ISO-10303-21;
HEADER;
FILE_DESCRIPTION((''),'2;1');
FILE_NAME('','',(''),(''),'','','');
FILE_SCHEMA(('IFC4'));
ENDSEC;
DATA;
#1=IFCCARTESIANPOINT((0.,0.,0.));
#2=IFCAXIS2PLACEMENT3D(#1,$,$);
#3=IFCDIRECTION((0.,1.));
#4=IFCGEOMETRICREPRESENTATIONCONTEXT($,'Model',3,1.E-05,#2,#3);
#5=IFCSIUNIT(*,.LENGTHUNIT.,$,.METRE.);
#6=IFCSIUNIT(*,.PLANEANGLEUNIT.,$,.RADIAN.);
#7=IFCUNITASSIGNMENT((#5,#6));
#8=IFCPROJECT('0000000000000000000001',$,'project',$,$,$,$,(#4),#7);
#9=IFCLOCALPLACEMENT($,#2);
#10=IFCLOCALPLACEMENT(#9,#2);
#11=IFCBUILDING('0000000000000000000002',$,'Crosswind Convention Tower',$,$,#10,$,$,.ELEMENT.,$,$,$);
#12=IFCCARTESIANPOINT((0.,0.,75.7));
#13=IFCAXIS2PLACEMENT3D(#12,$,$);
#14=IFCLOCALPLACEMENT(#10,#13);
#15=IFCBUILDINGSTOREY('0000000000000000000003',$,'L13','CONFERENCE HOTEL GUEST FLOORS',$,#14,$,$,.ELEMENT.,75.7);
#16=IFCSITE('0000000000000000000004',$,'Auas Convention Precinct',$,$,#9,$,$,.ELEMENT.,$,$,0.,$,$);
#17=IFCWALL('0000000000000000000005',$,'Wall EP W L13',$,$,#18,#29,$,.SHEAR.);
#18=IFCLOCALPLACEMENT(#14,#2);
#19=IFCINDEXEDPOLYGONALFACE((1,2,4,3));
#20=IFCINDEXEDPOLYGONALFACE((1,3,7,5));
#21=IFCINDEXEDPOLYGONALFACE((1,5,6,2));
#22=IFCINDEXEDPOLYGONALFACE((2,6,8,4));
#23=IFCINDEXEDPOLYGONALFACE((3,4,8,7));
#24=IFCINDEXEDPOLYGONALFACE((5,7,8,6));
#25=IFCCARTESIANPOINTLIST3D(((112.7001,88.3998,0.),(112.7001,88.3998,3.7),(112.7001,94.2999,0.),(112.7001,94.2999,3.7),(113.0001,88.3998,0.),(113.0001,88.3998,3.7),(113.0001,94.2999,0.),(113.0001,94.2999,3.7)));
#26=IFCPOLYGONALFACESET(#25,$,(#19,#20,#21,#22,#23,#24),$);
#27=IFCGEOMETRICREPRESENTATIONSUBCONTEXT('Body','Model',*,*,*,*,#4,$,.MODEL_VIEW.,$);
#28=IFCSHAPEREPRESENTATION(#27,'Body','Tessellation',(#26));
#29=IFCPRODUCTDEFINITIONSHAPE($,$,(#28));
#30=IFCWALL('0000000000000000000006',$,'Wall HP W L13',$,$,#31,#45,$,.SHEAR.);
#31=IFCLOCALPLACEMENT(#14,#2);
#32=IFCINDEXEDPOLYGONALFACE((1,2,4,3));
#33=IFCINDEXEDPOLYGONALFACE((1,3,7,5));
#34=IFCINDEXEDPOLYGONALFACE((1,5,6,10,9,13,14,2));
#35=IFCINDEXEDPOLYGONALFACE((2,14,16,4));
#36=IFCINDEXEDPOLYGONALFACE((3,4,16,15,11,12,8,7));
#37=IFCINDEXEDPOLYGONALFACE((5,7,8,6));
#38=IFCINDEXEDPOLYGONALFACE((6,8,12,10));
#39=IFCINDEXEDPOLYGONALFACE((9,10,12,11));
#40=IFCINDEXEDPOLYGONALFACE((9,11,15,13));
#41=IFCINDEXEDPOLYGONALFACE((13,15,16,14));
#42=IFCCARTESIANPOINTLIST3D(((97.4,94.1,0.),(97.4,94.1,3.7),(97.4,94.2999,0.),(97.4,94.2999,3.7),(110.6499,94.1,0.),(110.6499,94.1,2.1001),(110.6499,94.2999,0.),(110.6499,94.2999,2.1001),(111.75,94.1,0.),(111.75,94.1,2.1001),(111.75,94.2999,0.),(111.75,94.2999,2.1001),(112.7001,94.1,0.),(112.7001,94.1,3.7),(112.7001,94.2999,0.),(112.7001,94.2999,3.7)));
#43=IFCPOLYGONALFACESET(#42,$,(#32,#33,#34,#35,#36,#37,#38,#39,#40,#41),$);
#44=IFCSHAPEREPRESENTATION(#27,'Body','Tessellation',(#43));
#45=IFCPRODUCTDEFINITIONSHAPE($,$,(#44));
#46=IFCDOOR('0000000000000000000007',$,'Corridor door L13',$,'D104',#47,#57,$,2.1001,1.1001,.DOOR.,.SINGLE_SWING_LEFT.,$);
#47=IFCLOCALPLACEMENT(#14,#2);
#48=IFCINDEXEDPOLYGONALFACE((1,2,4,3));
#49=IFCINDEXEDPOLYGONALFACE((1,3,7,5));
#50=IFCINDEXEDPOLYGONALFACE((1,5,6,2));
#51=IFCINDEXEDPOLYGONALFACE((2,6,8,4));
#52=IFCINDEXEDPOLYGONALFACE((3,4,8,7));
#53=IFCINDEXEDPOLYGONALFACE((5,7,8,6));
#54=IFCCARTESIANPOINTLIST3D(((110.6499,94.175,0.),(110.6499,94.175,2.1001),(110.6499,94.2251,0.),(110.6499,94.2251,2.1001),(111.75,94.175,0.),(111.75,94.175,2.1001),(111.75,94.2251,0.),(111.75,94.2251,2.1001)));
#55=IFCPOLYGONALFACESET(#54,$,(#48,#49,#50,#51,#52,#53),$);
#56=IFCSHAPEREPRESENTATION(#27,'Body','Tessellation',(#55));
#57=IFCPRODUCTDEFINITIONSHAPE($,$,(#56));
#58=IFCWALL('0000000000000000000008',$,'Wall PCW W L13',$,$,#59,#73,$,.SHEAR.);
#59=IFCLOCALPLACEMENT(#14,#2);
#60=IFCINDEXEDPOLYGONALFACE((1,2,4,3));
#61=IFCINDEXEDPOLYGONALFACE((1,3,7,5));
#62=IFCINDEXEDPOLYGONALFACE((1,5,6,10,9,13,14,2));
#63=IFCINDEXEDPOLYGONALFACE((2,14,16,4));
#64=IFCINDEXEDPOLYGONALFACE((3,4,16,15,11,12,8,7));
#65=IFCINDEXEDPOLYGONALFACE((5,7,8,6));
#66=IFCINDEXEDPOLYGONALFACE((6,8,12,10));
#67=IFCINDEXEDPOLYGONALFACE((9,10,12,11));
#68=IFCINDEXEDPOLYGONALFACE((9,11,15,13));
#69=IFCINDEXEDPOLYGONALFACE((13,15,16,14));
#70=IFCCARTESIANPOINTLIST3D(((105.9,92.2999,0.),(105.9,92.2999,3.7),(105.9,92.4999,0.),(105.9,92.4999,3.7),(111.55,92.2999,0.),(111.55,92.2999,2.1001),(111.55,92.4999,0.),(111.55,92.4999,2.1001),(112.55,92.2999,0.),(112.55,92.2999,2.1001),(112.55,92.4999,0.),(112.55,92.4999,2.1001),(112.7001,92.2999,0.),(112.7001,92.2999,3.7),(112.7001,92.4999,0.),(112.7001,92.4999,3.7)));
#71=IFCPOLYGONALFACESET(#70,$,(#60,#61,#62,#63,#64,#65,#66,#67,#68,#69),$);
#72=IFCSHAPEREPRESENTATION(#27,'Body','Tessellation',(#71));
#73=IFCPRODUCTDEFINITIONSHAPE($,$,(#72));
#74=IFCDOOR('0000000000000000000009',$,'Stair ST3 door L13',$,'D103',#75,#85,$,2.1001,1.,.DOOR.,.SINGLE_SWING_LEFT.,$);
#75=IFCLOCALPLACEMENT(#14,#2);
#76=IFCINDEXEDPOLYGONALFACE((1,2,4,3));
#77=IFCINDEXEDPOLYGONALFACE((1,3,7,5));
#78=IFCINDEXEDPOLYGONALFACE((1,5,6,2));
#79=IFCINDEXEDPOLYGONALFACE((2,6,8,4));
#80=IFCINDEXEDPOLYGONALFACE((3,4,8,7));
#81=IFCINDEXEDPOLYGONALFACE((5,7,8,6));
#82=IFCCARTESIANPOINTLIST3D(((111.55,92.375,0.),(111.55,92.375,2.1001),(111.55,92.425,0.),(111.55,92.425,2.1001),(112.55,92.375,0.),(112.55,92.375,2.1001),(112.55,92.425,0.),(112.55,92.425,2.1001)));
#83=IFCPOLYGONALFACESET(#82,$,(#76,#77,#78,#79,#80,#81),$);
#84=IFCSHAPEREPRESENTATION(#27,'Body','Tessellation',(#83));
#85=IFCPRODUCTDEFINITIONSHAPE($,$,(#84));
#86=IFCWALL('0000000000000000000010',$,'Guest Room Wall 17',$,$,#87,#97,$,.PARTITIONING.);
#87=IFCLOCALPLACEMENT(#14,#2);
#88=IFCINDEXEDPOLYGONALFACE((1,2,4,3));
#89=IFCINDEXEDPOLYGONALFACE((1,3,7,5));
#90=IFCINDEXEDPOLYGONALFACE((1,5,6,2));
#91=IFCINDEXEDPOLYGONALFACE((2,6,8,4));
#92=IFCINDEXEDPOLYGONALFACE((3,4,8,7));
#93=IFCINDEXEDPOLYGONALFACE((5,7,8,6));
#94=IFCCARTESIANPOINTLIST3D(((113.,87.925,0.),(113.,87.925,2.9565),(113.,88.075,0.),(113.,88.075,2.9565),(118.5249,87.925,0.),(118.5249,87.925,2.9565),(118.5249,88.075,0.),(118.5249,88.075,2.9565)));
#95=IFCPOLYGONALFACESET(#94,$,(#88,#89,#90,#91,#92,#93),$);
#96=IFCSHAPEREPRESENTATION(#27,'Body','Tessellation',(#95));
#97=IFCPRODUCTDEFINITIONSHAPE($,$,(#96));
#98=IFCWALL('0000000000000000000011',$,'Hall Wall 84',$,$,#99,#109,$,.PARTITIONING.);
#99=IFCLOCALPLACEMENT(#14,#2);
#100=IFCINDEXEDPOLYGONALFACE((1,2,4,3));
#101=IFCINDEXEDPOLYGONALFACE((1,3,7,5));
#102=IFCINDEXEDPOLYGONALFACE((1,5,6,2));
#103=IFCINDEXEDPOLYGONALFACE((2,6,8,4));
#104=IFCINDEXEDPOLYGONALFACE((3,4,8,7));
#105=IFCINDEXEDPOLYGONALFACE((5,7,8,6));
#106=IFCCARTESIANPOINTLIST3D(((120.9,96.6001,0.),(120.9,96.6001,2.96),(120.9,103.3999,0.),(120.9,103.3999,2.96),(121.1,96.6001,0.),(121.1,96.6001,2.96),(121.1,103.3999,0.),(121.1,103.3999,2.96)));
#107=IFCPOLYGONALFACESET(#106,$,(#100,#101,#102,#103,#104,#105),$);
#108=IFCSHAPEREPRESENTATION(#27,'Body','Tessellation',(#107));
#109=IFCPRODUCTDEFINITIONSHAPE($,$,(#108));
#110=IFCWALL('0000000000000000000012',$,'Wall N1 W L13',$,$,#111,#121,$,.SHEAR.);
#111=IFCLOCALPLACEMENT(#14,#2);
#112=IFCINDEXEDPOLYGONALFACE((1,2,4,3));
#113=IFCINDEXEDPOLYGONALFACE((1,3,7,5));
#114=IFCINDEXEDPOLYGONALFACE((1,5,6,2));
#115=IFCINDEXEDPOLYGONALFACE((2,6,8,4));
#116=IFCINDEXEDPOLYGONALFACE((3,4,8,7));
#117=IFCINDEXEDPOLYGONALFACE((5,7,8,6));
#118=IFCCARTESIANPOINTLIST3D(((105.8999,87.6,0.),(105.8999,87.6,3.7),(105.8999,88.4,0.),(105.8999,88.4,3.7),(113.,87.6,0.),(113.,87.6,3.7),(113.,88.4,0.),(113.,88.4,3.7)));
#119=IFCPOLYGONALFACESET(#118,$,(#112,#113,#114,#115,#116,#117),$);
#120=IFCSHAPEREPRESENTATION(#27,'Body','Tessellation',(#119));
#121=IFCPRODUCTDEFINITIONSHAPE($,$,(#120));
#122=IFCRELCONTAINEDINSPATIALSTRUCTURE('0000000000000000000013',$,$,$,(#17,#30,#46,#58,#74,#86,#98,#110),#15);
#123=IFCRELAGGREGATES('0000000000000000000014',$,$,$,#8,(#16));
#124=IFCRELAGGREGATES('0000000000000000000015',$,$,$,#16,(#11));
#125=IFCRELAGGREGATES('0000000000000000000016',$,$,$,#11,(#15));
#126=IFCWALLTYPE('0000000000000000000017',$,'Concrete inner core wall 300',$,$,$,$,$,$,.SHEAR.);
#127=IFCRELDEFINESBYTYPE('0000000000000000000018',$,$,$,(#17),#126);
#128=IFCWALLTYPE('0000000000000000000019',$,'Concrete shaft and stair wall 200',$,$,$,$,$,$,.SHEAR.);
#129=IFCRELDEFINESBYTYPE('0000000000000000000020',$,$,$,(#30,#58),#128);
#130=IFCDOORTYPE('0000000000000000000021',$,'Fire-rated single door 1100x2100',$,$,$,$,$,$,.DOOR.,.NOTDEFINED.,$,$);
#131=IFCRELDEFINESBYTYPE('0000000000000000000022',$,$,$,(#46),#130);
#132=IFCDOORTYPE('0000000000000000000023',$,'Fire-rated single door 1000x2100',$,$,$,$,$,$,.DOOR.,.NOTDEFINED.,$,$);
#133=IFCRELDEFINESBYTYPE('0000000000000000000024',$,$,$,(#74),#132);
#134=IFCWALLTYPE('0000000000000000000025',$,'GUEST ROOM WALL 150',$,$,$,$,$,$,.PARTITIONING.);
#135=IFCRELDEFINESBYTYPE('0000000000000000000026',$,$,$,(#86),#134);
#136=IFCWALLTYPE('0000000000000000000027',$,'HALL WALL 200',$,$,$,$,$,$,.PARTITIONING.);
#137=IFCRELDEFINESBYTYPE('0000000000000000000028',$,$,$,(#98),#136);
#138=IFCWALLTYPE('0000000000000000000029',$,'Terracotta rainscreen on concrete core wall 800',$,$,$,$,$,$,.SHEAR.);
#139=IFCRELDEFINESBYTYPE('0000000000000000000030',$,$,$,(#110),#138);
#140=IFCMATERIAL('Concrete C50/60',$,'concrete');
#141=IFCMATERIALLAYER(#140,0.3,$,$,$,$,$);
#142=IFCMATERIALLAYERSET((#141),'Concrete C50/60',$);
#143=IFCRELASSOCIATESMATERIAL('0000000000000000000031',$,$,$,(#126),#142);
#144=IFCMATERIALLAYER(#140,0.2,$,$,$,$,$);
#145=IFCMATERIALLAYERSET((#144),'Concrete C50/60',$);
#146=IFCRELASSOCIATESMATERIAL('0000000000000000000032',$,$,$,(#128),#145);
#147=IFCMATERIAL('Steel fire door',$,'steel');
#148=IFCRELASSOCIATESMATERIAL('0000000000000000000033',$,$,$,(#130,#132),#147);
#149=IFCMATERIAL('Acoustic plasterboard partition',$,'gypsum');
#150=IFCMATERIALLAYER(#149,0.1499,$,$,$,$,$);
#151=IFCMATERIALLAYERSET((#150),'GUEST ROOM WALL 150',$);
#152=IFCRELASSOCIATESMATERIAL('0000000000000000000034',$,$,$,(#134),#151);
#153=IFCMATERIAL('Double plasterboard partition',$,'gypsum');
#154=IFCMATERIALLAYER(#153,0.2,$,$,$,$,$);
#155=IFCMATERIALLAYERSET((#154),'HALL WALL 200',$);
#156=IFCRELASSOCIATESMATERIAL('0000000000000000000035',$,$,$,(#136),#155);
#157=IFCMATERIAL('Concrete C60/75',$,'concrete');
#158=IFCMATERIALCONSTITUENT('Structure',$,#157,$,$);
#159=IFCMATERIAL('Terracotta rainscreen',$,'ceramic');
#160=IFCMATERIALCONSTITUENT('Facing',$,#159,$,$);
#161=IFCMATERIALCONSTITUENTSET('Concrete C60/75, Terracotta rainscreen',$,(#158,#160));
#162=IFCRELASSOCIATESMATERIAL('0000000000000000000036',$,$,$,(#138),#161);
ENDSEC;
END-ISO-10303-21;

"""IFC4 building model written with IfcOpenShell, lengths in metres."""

from ifc_helpers import new_model, si_unit, direction, frame, frame_2d, origin, place, context, subcontext, project, spatial, rectangle, extrude, material, layer, layer_set, constituent, constituent_set, type_object, element, fill, save


model = new_model("IFC4")

# Units and contexts
model_context = context("Model", 3, precision=1e-05, world=origin(), true_north=direction((0.0, 1.0)))
body_context = subcontext(model_context, "Body", "Model", "MODEL_VIEW")
ifc_project = project(units=[si_unit("LENGTHUNIT", "METRE"), si_unit("PLANEANGLEUNIT", "RADIAN")], contexts=[model_context])

# Site, building, storey
site_placement = place(None, origin())
site = spatial("IfcSite", under=ifc_project, at=site_placement, Name="Auas Convention Precinct", CompositionType="ELEMENT", RefElevation=0.0)
building_placement = place(site_placement, origin())
building = spatial("IfcBuilding", under=site, at=building_placement, Name="Crosswind Convention Tower", CompositionType="ELEMENT")
storey_placement = place(building_placement, frame((0.0, 0.0, 75.7)))
storey = spatial("IfcBuildingStorey", under=building, at=storey_placement, Name="L13", Description="CONFERENCE HOTEL GUEST FLOORS", CompositionType="ELEMENT", Elevation=75.7)

# Wall
ifc_material_1 = material(Name="Concrete C50/60", Category="concrete")
ifc_layer_1 = layer(ifc_material_1, 0.3)
ifc_layer_set_1 = layer_set([ifc_layer_1], Name="Concrete C50/60")
wall_type_1 = type_object("IfcWallType", Name="Concrete inner core wall 300", PredefinedType="SHEAR", material=ifc_layer_set_1)
wall_1_placement = place(storey_placement, frame((112.8501, 94.3, 0.0), z_axis=(0.0, 0.0, 1.0), x_axis=(0.0, -1.0, 0.0)))
element("IfcWall", 1, at=wall_1_placement, inside=storey, type_object=wall_type_1, Name="Wall EP W L13", PredefinedType="SHEAR", context=body_context, shape_type="SweptSolid", body=[
    extrude(rectangle(XDim=5.9001, YDim=0.3, at=frame_2d((2.9502, 0.0))), origin(), (0.0, 0.0, 1.0), 3.7),
])

# Walls, openings, doors
ifc_layer_2 = layer(ifc_material_1, 0.2)
ifc_layer_set_2 = layer_set([ifc_layer_2], Name="Concrete C50/60")
wall_type_2 = type_object("IfcWallType", Name="Concrete shaft and stair wall 200", PredefinedType="SHEAR", material=ifc_layer_set_2)
wall_2_placement = place(storey_placement, frame((112.7, 94.2, 0.0), z_axis=(0.0, 0.0, 1.0), x_axis=(-1.0, 0.0, 0.0)))
wall_2 = element("IfcWall", 2, at=wall_2_placement, inside=storey, type_object=wall_type_2, Name="Wall HP W L13", PredefinedType="SHEAR", context=body_context, shape_type="SweptSolid", body=[
    extrude(rectangle(XDim=15.3, YDim=0.2, at=frame_2d((7.6499, 0.0))), origin(), (0.0, 0.0, 1.0), 3.7),
])
opening_1_placement = place(wall_2_placement, frame((0.95, 0.0, 0.0)))
opening_1 = element("IfcOpeningElement", 3, at=opening_1_placement, cuts=wall_2, PredefinedType="OPENING", context=body_context, shape_type="SweptSolid", body=[
    extrude(rectangle(XDim=1.1001, YDim=2.1001, at=frame_2d((0.55, 1.05))), frame((0.0, 0.1099, 0.0), z_axis=(0.0, -1.0, 0.0), x_axis=(1.0, 0.0, 0.0)), (0.0, 0.0, 1.0), 0.22),
])
ifc_material_2 = material(Name="Steel fire door", Category="steel")
door_type_1 = type_object("IfcDoorType", Name="Fire-rated single door 1100x2100", OperationType="NOTDEFINED", PredefinedType="DOOR", material=ifc_material_2)
door_1_placement = place(opening_1_placement, origin())
door_1 = element("IfcDoor", 4, at=door_1_placement, inside=storey, type_object=door_type_1, Name="Corridor door L13", ObjectType="D104", OperationType="SINGLE_SWING_LEFT", OverallHeight=2.1001, OverallWidth=1.1001, PredefinedType="DOOR", context=body_context, shape_type="SweptSolid", body=[
    extrude(rectangle(XDim=1.1001, YDim=2.1001, at=frame_2d((0.55, 1.05))), frame((0.0, 0.0249, 0.0), z_axis=(0.0, -1.0, 0.0), x_axis=(1.0, 0.0, 0.0)), (0.0, 0.0, 1.0), 0.05),
])
fill(opening_1, door_1)
wall_3_placement = place(storey_placement, frame((112.7, 92.3999, 0.0), z_axis=(0.0, 0.0, 1.0), x_axis=(-1.0, 0.0, 0.0)))
wall_3 = element("IfcWall", 5, at=wall_3_placement, inside=storey, type_object=wall_type_2, Name="Wall PCW W L13", PredefinedType="SHEAR", context=body_context, shape_type="SweptSolid", body=[
    extrude(rectangle(XDim=6.8, YDim=0.2, at=frame_2d((3.3999, 0.0))), origin(), (0.0, 0.0, 1.0), 3.7),
])
opening_2_placement = place(wall_3_placement, frame((0.1499, 0.0, 0.0)))
opening_2 = element("IfcOpeningElement", 6, at=opening_2_placement, cuts=wall_3, PredefinedType="OPENING", context=body_context, shape_type="SweptSolid", body=[
    extrude(rectangle(XDim=1.0, YDim=2.1001, at=frame_2d((0.5, 1.05))), frame((0.0, 0.1099, 0.0), z_axis=(0.0, -1.0, 0.0), x_axis=(1.0, 0.0, 0.0)), (0.0, 0.0, 1.0), 0.22),
])
door_type_2 = type_object("IfcDoorType", Name="Fire-rated single door 1000x2100", OperationType="NOTDEFINED", PredefinedType="DOOR", material=ifc_material_2)
door_2_placement = place(opening_2_placement, origin())
door_2 = element("IfcDoor", 7, at=door_2_placement, inside=storey, type_object=door_type_2, Name="Stair ST3 door L13", ObjectType="D103", OperationType="SINGLE_SWING_LEFT", OverallHeight=2.1001, OverallWidth=1.0, PredefinedType="DOOR", context=body_context, shape_type="SweptSolid", body=[
    extrude(rectangle(XDim=1.0, YDim=2.1001, at=frame_2d((0.5, 1.05))), frame((0.0, 0.0249, 0.0), z_axis=(0.0, -1.0, 0.0), x_axis=(1.0, 0.0, 0.0)), (0.0, 0.0, 1.0), 0.05),
])
fill(opening_2, door_2)

# Wall
ifc_material_3 = material(Name="Acoustic plasterboard partition", Category="gypsum")
ifc_layer_3 = layer(ifc_material_3, 0.1499)
ifc_layer_set_3 = layer_set([ifc_layer_3], Name="GUEST ROOM WALL 150")
wall_type_3 = type_object("IfcWallType", Name="GUEST ROOM WALL 150", PredefinedType="PARTITIONING", material=ifc_layer_set_3)
wall_4_placement = place(storey_placement, frame((113.0, 88.0, 0.0), z_axis=(0.0, 0.0, 1.0), x_axis=(1.0, 0.0, 0.0)))
element("IfcWall", 8, at=wall_4_placement, inside=storey, type_object=wall_type_3, Name="Guest Room Wall 17", PredefinedType="PARTITIONING", context=body_context, shape_type="SweptSolid", body=[
    extrude(rectangle(XDim=5.5249, YDim=0.1499, at=frame_2d((2.7625, 0.0))), origin(), (0.0, 0.0, 1.0), 2.9565),
])

# Shared definitions
ifc_material_4 = material(Name="Double plasterboard partition", Category="gypsum")
ifc_layer_4 = layer(ifc_material_4, 0.2)
ifc_layer_set_4 = layer_set([ifc_layer_4], Name="HALL WALL 200")
wall_type_4 = type_object("IfcWallType", Name="HALL WALL 200", PredefinedType="PARTITIONING", material=ifc_layer_set_4)

# Walls
wall_5_placement = place(storey_placement, frame((121.0, 96.6001, 0.0), z_axis=(0.0, 0.0, 1.0), x_axis=(0.0, 1.0, 0.0)))
element("IfcWall", 9, at=wall_5_placement, inside=storey, type_object=wall_type_4, Name="Hall Wall 84", PredefinedType="PARTITIONING", context=body_context, shape_type="SweptSolid", body=[
    extrude(rectangle(XDim=6.7998, YDim=0.2, at=frame_2d((3.3999, 0.0))), origin(), (0.0, 0.0, 1.0), 2.96),
])
ifc_material_5 = material(Name="Concrete C60/75", Category="concrete")
ifc_constituent_1 = constituent(ifc_material_5, Name="Structure")
ifc_material_6 = material(Name="Terracotta rainscreen", Category="ceramic")
ifc_constituent_2 = constituent(ifc_material_6, Name="Facing")
ifc_constituent_set = constituent_set(constituents=[ifc_constituent_1, ifc_constituent_2], Name="Concrete C60/75, Terracotta rainscreen")
wall_type_5 = type_object("IfcWallType", Name="Terracotta rainscreen on concrete core wall 800", PredefinedType="SHEAR", material=ifc_constituent_set)
wall_6_placement = place(storey_placement, frame((113.0, 88.0, 0.0), z_axis=(0.0, 0.0, 1.0), x_axis=(-1.0, 0.0, 0.0)))
element("IfcWall", 10, at=wall_6_placement, inside=storey, type_object=wall_type_5, Name="Wall N1 W L13", PredefinedType="SHEAR", context=body_context, shape_type="SweptSolid", body=[
    extrude(rectangle(XDim=7.1001, YDim=0.8, at=frame_2d((3.55, 0.0))), origin(), (0.0, 0.0, 1.0), 3.7),
])

save(model, "model.ifc")
